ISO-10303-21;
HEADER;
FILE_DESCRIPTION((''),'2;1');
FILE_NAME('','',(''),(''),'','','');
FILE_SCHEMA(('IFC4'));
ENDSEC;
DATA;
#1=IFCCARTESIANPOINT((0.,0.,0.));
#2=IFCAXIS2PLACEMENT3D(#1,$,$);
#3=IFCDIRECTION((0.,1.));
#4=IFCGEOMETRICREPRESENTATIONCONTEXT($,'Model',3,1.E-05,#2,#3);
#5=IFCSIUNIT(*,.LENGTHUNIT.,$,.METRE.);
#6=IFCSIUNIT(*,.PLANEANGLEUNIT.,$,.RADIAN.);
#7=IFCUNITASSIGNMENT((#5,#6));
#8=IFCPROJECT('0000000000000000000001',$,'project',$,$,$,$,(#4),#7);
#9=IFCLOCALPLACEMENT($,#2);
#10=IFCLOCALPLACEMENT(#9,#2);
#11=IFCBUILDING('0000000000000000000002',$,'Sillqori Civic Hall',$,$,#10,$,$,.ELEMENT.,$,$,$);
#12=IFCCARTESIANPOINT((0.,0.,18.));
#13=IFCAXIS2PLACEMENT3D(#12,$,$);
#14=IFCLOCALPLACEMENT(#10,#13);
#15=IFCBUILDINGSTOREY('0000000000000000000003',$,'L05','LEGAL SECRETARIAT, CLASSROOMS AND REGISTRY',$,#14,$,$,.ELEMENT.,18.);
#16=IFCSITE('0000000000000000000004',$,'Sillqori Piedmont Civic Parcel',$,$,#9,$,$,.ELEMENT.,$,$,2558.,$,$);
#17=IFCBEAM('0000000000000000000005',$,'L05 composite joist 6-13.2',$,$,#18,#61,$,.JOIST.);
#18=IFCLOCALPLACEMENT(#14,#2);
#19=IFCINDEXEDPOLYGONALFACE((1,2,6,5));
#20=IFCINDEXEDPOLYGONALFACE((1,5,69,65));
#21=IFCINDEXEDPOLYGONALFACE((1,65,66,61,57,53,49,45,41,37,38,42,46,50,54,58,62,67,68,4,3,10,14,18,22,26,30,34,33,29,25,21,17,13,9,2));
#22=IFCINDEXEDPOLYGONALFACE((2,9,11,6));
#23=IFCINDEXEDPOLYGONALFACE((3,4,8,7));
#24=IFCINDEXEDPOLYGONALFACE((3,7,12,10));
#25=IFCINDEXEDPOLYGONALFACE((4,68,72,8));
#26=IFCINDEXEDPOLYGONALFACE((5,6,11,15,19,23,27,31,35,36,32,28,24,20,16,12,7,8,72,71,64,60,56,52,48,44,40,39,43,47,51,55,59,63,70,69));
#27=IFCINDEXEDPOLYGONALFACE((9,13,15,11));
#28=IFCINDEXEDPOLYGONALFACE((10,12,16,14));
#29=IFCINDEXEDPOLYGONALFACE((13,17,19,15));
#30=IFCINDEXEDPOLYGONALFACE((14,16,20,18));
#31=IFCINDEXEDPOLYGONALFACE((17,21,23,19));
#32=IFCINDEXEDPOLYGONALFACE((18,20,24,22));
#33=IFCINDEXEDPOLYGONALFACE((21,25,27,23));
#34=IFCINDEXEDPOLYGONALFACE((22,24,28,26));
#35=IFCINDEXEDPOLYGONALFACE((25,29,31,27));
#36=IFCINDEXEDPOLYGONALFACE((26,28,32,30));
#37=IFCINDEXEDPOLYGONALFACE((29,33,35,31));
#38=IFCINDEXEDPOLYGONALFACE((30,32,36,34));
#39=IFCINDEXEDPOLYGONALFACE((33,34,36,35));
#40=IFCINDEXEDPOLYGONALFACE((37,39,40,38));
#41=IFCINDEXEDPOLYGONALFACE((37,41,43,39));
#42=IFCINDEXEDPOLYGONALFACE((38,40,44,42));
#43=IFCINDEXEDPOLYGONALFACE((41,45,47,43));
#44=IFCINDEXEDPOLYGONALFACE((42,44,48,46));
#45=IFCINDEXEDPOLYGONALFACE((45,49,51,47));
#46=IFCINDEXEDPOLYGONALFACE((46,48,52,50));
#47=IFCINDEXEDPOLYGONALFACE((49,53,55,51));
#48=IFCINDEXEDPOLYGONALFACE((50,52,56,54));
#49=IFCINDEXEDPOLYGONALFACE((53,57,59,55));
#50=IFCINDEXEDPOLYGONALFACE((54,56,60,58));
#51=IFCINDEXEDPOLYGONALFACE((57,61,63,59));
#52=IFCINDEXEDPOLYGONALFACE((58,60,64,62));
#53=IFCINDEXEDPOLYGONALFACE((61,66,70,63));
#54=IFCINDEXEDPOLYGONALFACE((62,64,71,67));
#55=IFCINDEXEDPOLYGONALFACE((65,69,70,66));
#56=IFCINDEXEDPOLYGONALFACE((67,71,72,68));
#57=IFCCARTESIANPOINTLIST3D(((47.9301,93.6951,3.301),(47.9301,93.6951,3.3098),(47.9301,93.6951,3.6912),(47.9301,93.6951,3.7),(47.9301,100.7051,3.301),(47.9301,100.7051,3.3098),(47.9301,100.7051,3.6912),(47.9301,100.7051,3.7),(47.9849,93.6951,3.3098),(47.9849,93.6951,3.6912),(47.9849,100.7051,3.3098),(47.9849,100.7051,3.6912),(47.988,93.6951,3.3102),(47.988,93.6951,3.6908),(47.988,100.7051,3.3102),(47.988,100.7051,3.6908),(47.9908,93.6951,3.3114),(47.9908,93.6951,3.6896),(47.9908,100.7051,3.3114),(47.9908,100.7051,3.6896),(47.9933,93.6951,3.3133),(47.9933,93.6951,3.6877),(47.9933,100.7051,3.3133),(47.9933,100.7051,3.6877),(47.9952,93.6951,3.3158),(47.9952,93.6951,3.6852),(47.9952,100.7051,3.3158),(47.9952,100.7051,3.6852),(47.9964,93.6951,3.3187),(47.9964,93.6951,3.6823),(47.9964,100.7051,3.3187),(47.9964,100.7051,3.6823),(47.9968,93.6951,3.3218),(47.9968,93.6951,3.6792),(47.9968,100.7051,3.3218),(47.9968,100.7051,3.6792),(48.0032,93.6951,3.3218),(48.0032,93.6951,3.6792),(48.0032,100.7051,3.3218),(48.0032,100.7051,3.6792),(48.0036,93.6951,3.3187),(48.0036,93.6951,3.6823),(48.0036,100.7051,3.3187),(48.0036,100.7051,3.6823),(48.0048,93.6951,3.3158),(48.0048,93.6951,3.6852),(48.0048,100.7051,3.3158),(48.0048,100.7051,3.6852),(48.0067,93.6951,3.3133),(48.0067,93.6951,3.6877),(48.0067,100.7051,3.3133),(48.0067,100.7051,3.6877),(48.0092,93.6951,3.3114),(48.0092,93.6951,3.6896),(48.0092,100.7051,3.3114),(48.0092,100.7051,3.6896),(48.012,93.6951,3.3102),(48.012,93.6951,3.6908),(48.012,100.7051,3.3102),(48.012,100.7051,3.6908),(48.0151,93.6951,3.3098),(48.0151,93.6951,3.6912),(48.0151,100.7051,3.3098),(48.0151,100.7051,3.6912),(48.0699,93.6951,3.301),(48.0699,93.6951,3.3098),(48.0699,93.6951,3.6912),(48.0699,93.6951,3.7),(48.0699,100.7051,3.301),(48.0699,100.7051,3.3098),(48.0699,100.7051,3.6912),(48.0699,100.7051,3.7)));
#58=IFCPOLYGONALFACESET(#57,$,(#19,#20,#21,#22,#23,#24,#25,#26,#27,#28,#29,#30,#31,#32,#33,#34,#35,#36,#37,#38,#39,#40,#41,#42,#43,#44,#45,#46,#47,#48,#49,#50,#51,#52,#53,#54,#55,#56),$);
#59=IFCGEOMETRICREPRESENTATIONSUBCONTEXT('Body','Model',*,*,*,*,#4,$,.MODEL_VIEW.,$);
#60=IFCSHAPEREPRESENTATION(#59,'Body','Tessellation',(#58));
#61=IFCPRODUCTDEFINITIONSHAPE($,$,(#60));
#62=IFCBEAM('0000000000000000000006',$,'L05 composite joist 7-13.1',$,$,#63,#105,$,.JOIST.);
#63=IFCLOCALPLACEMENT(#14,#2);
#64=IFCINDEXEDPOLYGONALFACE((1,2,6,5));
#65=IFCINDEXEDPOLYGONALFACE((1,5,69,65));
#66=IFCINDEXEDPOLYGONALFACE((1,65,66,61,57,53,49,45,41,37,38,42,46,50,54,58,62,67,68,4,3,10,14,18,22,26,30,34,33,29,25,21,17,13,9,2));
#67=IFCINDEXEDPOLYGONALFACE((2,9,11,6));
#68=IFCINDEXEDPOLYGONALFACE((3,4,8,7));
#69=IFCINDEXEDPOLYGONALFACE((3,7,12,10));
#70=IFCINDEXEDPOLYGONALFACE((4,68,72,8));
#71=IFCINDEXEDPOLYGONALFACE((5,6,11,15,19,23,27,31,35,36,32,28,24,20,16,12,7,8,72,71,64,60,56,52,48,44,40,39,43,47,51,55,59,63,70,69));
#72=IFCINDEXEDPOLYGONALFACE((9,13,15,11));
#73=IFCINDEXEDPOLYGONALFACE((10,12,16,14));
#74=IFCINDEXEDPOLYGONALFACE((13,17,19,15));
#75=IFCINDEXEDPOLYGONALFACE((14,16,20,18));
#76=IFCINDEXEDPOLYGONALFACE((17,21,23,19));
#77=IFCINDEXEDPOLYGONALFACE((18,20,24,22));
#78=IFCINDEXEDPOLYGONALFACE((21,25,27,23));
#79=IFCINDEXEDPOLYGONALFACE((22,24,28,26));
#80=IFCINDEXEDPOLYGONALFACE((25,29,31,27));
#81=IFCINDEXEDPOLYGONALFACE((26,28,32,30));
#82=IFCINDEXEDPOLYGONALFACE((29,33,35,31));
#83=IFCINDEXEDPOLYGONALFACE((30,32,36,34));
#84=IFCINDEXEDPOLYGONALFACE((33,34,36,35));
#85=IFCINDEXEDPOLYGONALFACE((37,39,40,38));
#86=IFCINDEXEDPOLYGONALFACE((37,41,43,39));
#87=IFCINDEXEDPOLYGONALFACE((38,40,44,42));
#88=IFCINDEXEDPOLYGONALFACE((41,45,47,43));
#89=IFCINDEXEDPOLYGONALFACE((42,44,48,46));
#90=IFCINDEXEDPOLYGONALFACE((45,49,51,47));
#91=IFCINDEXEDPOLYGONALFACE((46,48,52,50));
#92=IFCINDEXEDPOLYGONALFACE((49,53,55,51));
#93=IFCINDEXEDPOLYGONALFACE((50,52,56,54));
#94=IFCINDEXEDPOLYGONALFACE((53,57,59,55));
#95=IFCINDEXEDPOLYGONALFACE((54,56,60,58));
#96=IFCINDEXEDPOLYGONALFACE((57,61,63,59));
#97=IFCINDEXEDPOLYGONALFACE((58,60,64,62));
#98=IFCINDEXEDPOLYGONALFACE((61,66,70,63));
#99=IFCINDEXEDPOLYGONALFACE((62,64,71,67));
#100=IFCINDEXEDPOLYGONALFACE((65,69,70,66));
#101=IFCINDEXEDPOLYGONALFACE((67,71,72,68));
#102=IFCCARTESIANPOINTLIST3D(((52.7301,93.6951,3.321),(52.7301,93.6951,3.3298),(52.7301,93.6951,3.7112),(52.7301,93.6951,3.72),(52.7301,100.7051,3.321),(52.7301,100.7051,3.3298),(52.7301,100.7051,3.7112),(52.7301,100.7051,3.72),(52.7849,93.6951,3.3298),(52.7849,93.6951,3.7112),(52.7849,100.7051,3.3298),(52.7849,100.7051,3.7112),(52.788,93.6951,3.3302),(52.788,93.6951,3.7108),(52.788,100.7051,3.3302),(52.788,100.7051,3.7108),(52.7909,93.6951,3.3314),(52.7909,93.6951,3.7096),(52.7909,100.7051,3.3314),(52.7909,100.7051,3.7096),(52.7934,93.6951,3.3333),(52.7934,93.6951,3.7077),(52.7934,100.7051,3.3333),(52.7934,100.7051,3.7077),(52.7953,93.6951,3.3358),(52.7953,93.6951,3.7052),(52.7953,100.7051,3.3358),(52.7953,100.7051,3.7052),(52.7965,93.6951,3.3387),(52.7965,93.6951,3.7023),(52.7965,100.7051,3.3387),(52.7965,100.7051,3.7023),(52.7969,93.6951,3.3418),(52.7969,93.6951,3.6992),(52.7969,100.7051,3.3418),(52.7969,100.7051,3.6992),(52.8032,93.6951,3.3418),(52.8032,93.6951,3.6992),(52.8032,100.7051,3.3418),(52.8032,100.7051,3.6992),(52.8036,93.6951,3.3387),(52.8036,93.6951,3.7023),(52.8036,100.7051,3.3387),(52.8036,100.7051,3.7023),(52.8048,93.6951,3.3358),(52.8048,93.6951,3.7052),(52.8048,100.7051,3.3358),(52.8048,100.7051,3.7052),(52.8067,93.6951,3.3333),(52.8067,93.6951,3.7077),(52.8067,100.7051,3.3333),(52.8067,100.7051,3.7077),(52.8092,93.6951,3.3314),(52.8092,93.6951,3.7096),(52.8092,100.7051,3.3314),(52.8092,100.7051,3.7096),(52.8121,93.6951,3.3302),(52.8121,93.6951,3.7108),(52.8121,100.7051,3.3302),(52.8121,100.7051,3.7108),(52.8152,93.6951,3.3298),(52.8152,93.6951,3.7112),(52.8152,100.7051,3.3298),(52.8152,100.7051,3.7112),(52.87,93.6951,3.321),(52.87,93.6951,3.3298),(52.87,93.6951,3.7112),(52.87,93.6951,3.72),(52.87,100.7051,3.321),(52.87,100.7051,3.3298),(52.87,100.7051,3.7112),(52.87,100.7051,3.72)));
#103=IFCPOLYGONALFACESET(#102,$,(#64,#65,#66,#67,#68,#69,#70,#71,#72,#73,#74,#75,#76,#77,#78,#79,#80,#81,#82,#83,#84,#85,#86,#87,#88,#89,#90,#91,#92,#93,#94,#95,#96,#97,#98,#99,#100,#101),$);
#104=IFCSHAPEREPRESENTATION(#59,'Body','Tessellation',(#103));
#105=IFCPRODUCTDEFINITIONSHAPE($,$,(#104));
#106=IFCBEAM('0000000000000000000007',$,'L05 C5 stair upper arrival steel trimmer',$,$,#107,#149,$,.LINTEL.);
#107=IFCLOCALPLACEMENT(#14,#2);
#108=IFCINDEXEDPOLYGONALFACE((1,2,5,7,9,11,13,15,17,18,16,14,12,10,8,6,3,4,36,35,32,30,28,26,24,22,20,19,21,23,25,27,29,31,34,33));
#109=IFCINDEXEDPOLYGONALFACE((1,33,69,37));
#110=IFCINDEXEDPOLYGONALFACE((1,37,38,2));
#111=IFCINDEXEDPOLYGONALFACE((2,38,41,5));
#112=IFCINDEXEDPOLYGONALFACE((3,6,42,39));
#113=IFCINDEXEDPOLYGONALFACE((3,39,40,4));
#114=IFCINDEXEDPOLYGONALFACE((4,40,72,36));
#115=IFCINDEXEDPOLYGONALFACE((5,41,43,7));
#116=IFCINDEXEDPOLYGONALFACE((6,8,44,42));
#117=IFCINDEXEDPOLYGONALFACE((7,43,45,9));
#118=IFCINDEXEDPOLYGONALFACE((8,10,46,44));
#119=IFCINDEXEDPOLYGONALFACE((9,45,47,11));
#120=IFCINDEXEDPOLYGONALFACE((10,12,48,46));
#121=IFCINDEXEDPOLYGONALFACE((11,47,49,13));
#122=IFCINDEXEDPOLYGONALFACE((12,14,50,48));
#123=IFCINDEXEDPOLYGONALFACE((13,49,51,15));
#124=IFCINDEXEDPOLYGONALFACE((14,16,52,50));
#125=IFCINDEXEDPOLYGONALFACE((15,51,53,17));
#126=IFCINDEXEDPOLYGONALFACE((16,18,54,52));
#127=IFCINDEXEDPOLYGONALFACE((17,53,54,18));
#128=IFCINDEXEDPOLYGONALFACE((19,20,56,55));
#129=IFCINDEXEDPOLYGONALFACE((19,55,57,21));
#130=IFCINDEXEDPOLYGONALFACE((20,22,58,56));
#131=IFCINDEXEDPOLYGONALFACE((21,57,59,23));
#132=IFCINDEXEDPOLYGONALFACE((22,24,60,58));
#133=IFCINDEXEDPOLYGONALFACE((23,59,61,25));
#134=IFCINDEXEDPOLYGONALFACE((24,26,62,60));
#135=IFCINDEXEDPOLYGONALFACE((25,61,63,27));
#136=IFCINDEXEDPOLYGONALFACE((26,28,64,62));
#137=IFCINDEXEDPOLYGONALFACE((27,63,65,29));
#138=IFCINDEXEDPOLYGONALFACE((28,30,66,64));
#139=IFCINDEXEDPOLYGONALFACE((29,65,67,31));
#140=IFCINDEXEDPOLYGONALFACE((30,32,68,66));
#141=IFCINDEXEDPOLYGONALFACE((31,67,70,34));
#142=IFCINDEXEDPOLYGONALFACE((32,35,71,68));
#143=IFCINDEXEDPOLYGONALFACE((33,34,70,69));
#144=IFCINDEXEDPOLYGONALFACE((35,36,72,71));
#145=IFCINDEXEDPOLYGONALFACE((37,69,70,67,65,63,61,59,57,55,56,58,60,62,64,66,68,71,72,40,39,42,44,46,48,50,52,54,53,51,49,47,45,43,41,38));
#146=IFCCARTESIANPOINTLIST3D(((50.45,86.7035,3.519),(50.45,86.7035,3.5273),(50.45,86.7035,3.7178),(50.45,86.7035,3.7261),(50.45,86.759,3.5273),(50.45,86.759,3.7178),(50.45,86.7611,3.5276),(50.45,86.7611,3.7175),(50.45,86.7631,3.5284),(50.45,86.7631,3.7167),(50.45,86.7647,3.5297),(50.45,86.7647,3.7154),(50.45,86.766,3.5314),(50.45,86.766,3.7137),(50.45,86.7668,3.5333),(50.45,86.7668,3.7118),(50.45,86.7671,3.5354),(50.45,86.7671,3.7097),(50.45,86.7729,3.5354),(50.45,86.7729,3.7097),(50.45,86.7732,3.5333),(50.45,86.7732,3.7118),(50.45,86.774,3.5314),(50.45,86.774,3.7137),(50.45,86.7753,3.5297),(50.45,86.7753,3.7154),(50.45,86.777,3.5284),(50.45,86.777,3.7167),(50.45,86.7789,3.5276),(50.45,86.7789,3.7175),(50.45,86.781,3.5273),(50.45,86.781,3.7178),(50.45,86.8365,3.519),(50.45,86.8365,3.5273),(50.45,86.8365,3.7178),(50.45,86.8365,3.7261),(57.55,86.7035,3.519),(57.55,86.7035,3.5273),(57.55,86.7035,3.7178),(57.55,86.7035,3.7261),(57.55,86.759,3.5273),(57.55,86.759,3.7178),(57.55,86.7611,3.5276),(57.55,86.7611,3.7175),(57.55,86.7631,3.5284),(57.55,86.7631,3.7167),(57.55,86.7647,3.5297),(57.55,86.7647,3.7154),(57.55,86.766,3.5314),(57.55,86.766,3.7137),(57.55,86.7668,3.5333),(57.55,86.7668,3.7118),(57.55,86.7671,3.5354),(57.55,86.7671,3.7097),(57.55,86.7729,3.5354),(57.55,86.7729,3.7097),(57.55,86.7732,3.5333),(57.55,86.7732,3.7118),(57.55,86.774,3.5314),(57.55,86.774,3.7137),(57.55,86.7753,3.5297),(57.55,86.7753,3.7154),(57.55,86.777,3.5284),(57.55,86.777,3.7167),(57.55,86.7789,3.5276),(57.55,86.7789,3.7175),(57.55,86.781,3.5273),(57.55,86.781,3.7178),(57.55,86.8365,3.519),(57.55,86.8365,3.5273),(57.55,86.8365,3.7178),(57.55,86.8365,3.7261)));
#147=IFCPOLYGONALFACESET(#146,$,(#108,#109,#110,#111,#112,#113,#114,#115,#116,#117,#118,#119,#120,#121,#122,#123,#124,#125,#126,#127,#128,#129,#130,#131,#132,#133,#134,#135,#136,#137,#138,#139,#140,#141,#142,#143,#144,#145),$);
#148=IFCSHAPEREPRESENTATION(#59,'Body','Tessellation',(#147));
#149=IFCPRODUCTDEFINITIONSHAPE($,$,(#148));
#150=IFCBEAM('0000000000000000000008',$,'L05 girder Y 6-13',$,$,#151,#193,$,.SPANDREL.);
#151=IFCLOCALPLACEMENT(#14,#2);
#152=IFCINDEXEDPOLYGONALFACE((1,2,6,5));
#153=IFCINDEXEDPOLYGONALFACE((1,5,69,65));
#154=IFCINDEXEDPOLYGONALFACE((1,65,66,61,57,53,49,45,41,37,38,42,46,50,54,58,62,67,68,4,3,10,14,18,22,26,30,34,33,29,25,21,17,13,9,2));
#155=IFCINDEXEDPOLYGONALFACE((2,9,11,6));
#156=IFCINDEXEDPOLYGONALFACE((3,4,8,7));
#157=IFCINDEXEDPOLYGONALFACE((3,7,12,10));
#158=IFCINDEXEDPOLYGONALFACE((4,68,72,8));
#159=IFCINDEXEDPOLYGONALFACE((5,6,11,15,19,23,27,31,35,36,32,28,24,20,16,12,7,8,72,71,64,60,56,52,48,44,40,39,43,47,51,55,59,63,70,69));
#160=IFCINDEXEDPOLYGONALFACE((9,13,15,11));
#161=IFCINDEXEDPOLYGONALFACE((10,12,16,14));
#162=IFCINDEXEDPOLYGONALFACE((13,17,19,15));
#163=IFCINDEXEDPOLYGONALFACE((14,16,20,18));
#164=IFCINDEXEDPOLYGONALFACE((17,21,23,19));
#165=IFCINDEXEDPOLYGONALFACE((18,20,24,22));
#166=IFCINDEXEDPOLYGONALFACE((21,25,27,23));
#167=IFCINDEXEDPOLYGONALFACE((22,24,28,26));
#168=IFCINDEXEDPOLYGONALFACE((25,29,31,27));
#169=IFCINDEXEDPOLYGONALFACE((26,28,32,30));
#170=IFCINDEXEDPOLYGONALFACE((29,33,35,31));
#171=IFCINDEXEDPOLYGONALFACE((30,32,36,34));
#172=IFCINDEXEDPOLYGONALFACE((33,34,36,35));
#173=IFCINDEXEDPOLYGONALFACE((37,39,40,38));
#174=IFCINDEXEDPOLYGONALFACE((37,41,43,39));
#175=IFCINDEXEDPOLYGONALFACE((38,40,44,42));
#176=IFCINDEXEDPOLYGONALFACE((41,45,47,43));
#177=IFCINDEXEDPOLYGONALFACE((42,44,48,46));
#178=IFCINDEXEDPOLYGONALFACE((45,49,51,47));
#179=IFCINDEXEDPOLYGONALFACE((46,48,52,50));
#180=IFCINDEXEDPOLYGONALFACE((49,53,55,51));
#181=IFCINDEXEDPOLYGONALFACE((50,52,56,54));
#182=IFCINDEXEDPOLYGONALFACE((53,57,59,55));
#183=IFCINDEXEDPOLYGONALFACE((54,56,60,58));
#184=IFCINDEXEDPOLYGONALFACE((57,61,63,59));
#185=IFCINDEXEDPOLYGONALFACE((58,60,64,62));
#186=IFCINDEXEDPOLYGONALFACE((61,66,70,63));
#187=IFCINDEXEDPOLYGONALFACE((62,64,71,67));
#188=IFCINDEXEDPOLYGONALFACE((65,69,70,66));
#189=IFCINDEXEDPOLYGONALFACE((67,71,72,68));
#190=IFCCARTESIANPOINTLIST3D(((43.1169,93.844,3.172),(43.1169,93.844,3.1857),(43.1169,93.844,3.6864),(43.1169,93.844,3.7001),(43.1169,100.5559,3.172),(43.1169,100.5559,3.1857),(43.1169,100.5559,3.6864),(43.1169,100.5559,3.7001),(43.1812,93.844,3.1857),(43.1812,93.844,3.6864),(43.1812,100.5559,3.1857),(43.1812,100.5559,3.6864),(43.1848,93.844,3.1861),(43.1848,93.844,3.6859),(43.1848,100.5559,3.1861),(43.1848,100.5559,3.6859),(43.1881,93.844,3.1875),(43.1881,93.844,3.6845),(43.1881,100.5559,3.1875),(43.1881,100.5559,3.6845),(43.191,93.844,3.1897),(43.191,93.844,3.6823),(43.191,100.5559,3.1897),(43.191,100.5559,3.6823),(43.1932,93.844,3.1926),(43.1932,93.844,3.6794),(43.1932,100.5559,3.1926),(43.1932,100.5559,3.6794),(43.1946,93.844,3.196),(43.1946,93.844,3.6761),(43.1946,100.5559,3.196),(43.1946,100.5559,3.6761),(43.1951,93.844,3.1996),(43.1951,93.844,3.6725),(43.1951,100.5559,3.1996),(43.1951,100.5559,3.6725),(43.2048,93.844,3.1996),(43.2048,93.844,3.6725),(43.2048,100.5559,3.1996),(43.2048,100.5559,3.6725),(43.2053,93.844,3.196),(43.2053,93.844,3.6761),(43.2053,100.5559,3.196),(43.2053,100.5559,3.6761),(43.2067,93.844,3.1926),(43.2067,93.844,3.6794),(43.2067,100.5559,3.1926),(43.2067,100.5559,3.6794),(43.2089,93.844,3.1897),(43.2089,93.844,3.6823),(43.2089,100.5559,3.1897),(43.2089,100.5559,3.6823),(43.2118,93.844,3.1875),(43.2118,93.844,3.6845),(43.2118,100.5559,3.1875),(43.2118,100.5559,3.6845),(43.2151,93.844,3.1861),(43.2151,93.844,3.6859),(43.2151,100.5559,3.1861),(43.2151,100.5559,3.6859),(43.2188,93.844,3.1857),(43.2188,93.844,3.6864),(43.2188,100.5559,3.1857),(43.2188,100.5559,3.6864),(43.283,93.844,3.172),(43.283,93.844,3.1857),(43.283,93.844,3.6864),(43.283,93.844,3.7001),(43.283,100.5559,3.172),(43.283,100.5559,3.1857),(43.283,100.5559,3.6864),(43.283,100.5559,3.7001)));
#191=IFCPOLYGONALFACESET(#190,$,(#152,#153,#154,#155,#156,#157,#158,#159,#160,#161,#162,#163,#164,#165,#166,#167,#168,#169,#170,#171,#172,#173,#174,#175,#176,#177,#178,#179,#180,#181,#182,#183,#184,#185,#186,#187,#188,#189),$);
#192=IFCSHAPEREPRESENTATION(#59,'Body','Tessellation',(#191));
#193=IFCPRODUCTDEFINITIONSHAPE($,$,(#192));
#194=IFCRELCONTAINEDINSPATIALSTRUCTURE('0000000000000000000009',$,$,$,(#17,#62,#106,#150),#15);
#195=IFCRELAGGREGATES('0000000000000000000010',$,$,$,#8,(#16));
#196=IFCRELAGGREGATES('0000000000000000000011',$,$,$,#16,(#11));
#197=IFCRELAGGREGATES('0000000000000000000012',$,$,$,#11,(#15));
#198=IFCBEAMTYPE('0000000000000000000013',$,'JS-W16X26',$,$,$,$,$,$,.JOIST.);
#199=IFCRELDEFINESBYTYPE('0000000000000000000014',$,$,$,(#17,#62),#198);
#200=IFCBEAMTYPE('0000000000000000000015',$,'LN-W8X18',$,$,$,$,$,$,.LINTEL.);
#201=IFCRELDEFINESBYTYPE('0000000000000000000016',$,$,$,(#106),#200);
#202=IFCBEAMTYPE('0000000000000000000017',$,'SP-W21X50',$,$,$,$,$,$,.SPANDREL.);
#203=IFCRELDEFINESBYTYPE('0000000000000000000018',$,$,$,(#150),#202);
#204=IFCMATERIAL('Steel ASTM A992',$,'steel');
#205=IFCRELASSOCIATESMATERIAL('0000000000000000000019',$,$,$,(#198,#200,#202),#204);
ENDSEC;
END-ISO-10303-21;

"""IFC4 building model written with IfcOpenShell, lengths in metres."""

from ifc_helpers import new_model, si_unit, direction, frame, origin, origin_2d, place, context, subcontext, project, spatial, i_section, extrude, material, material_profile, profile_set, type_object, element, save


model = new_model("IFC4")

# Units and contexts
model_context = context("Model", 3, precision=1e-05, world=origin(), true_north=direction((0.0, 1.0)))
body_context = subcontext(model_context, "Body", "Model", "MODEL_VIEW")
ifc_project = project(units=[si_unit("LENGTHUNIT", "METRE"), si_unit("PLANEANGLEUNIT", "RADIAN")], contexts=[model_context])

# Site, building, storey
site_placement = place(None, origin())
site = spatial("IfcSite", under=ifc_project, at=site_placement, Name="Sillqori Piedmont Civic Parcel", CompositionType="ELEMENT", RefElevation=2558.0)
building_placement = place(site_placement, origin())
building = spatial("IfcBuilding", under=site, at=building_placement, Name="Sillqori Civic Hall", CompositionType="ELEMENT")
storey_placement = place(building_placement, frame((0.0, 0.0, 18.0)))
storey = spatial("IfcBuildingStorey", under=building, at=storey_placement, Name="L05", Description="LEGAL SECRETARIAT, CLASSROOMS AND REGISTRY", CompositionType="ELEMENT", Elevation=18.0)

# Shared definitions
ifc_material_1 = material(Name="Steel ASTM A992", Category="steel")

# Beams
ifc_material_profile_1 = material_profile(ifc_material_1, i_section(OverallWidth=0.1399, OverallDepth=0.3989, WebThickness=0.0063, FlangeThickness=0.0088, FilletRadius=0.012, at=origin_2d()), Name="W16X26")
ifc_profile_set_1 = profile_set([ifc_material_profile_1], Name="Steel ASTM A992")
beam_type_1 = type_object("IfcBeamType", Name="JS-W16X26", PredefinedType="JOIST", material=ifc_profile_set_1)
for number, where, z_axis, x_axis, name in (
    (1, (48.0, 93.6951, 3.5005), (0.0, 1.0, 0.0), (-1.0, 0.0, 0.0), "L05 composite joist 6-13.2"),
    (2, (52.8, 93.6951, 3.5205), (0.0, 1.0, 0.0), (-1.0, 0.0, 0.0), "L05 composite joist 7-13.1"),
):
    element("IfcBeam", number, at=place(storey_placement, frame(where, z_axis=z_axis, x_axis=x_axis)), inside=storey, type_object=beam_type_1, Name=name, PredefinedType="JOIST", context=body_context, shape_type="SweptSolid", body=[
        extrude(i_section(OverallWidth=0.1399, OverallDepth=0.3989, WebThickness=0.0063, FlangeThickness=0.0088, FilletRadius=0.012, at=origin_2d()), origin(), (0.0, 0.0, 1.0), 7.01),
    ])
ifc_material_profile_2 = material_profile(ifc_material_1, i_section(OverallWidth=0.1331, OverallDepth=0.207, WebThickness=0.0059, FlangeThickness=0.0083, FilletRadius=0.0081, at=origin_2d()), Name="W8X18")
ifc_profile_set_2 = profile_set([ifc_material_profile_2], Name="Steel ASTM A992")
beam_type_2 = type_object("IfcBeamType", Name="LN-W8X18", PredefinedType="LINTEL", material=ifc_profile_set_2)
beam_1_placement = place(storey_placement, frame((50.45, 86.77, 3.6226), z_axis=(1.0, 0.0, 0.0), x_axis=(0.0, 1.0, 0.0)))
element("IfcBeam", 3, at=beam_1_placement, inside=storey, type_object=beam_type_2, Name="L05 C5 stair upper arrival steel trimmer", PredefinedType="LINTEL", context=body_context, shape_type="SweptSolid", body=[
    extrude(i_section(OverallWidth=0.1331, OverallDepth=0.207, WebThickness=0.0059, FlangeThickness=0.0083, FilletRadius=0.0081, at=origin_2d()), origin(), (0.0, 0.0, 1.0), 7.1001),
])
ifc_material_profile_3 = material_profile(ifc_material_1, i_section(OverallWidth=0.166, OverallDepth=0.5281, WebThickness=0.0098, FlangeThickness=0.0137, FilletRadius=0.0139, at=origin_2d()), Name="W21X50")
ifc_profile_set_3 = profile_set([ifc_material_profile_3], Name="Steel ASTM A992")
beam_type_3 = type_object("IfcBeamType", Name="SP-W21X50", PredefinedType="SPANDREL", material=ifc_profile_set_3)
beam_2_placement = place(storey_placement, frame((43.2, 93.844, 3.436), z_axis=(0.0, 1.0, 0.0), x_axis=(-1.0, 0.0, 0.0)))
element("IfcBeam", 4, at=beam_2_placement, inside=storey, type_object=beam_type_3, Name="L05 girder Y 6-13", PredefinedType="SPANDREL", context=body_context, shape_type="SweptSolid", body=[
    extrude(i_section(OverallWidth=0.166, OverallDepth=0.5281, WebThickness=0.0098, FlangeThickness=0.0137, FilletRadius=0.0139, at=origin_2d()), origin(), (0.0, 0.0, 1.0), 6.7119),
])

save(model, "model.ifc")
